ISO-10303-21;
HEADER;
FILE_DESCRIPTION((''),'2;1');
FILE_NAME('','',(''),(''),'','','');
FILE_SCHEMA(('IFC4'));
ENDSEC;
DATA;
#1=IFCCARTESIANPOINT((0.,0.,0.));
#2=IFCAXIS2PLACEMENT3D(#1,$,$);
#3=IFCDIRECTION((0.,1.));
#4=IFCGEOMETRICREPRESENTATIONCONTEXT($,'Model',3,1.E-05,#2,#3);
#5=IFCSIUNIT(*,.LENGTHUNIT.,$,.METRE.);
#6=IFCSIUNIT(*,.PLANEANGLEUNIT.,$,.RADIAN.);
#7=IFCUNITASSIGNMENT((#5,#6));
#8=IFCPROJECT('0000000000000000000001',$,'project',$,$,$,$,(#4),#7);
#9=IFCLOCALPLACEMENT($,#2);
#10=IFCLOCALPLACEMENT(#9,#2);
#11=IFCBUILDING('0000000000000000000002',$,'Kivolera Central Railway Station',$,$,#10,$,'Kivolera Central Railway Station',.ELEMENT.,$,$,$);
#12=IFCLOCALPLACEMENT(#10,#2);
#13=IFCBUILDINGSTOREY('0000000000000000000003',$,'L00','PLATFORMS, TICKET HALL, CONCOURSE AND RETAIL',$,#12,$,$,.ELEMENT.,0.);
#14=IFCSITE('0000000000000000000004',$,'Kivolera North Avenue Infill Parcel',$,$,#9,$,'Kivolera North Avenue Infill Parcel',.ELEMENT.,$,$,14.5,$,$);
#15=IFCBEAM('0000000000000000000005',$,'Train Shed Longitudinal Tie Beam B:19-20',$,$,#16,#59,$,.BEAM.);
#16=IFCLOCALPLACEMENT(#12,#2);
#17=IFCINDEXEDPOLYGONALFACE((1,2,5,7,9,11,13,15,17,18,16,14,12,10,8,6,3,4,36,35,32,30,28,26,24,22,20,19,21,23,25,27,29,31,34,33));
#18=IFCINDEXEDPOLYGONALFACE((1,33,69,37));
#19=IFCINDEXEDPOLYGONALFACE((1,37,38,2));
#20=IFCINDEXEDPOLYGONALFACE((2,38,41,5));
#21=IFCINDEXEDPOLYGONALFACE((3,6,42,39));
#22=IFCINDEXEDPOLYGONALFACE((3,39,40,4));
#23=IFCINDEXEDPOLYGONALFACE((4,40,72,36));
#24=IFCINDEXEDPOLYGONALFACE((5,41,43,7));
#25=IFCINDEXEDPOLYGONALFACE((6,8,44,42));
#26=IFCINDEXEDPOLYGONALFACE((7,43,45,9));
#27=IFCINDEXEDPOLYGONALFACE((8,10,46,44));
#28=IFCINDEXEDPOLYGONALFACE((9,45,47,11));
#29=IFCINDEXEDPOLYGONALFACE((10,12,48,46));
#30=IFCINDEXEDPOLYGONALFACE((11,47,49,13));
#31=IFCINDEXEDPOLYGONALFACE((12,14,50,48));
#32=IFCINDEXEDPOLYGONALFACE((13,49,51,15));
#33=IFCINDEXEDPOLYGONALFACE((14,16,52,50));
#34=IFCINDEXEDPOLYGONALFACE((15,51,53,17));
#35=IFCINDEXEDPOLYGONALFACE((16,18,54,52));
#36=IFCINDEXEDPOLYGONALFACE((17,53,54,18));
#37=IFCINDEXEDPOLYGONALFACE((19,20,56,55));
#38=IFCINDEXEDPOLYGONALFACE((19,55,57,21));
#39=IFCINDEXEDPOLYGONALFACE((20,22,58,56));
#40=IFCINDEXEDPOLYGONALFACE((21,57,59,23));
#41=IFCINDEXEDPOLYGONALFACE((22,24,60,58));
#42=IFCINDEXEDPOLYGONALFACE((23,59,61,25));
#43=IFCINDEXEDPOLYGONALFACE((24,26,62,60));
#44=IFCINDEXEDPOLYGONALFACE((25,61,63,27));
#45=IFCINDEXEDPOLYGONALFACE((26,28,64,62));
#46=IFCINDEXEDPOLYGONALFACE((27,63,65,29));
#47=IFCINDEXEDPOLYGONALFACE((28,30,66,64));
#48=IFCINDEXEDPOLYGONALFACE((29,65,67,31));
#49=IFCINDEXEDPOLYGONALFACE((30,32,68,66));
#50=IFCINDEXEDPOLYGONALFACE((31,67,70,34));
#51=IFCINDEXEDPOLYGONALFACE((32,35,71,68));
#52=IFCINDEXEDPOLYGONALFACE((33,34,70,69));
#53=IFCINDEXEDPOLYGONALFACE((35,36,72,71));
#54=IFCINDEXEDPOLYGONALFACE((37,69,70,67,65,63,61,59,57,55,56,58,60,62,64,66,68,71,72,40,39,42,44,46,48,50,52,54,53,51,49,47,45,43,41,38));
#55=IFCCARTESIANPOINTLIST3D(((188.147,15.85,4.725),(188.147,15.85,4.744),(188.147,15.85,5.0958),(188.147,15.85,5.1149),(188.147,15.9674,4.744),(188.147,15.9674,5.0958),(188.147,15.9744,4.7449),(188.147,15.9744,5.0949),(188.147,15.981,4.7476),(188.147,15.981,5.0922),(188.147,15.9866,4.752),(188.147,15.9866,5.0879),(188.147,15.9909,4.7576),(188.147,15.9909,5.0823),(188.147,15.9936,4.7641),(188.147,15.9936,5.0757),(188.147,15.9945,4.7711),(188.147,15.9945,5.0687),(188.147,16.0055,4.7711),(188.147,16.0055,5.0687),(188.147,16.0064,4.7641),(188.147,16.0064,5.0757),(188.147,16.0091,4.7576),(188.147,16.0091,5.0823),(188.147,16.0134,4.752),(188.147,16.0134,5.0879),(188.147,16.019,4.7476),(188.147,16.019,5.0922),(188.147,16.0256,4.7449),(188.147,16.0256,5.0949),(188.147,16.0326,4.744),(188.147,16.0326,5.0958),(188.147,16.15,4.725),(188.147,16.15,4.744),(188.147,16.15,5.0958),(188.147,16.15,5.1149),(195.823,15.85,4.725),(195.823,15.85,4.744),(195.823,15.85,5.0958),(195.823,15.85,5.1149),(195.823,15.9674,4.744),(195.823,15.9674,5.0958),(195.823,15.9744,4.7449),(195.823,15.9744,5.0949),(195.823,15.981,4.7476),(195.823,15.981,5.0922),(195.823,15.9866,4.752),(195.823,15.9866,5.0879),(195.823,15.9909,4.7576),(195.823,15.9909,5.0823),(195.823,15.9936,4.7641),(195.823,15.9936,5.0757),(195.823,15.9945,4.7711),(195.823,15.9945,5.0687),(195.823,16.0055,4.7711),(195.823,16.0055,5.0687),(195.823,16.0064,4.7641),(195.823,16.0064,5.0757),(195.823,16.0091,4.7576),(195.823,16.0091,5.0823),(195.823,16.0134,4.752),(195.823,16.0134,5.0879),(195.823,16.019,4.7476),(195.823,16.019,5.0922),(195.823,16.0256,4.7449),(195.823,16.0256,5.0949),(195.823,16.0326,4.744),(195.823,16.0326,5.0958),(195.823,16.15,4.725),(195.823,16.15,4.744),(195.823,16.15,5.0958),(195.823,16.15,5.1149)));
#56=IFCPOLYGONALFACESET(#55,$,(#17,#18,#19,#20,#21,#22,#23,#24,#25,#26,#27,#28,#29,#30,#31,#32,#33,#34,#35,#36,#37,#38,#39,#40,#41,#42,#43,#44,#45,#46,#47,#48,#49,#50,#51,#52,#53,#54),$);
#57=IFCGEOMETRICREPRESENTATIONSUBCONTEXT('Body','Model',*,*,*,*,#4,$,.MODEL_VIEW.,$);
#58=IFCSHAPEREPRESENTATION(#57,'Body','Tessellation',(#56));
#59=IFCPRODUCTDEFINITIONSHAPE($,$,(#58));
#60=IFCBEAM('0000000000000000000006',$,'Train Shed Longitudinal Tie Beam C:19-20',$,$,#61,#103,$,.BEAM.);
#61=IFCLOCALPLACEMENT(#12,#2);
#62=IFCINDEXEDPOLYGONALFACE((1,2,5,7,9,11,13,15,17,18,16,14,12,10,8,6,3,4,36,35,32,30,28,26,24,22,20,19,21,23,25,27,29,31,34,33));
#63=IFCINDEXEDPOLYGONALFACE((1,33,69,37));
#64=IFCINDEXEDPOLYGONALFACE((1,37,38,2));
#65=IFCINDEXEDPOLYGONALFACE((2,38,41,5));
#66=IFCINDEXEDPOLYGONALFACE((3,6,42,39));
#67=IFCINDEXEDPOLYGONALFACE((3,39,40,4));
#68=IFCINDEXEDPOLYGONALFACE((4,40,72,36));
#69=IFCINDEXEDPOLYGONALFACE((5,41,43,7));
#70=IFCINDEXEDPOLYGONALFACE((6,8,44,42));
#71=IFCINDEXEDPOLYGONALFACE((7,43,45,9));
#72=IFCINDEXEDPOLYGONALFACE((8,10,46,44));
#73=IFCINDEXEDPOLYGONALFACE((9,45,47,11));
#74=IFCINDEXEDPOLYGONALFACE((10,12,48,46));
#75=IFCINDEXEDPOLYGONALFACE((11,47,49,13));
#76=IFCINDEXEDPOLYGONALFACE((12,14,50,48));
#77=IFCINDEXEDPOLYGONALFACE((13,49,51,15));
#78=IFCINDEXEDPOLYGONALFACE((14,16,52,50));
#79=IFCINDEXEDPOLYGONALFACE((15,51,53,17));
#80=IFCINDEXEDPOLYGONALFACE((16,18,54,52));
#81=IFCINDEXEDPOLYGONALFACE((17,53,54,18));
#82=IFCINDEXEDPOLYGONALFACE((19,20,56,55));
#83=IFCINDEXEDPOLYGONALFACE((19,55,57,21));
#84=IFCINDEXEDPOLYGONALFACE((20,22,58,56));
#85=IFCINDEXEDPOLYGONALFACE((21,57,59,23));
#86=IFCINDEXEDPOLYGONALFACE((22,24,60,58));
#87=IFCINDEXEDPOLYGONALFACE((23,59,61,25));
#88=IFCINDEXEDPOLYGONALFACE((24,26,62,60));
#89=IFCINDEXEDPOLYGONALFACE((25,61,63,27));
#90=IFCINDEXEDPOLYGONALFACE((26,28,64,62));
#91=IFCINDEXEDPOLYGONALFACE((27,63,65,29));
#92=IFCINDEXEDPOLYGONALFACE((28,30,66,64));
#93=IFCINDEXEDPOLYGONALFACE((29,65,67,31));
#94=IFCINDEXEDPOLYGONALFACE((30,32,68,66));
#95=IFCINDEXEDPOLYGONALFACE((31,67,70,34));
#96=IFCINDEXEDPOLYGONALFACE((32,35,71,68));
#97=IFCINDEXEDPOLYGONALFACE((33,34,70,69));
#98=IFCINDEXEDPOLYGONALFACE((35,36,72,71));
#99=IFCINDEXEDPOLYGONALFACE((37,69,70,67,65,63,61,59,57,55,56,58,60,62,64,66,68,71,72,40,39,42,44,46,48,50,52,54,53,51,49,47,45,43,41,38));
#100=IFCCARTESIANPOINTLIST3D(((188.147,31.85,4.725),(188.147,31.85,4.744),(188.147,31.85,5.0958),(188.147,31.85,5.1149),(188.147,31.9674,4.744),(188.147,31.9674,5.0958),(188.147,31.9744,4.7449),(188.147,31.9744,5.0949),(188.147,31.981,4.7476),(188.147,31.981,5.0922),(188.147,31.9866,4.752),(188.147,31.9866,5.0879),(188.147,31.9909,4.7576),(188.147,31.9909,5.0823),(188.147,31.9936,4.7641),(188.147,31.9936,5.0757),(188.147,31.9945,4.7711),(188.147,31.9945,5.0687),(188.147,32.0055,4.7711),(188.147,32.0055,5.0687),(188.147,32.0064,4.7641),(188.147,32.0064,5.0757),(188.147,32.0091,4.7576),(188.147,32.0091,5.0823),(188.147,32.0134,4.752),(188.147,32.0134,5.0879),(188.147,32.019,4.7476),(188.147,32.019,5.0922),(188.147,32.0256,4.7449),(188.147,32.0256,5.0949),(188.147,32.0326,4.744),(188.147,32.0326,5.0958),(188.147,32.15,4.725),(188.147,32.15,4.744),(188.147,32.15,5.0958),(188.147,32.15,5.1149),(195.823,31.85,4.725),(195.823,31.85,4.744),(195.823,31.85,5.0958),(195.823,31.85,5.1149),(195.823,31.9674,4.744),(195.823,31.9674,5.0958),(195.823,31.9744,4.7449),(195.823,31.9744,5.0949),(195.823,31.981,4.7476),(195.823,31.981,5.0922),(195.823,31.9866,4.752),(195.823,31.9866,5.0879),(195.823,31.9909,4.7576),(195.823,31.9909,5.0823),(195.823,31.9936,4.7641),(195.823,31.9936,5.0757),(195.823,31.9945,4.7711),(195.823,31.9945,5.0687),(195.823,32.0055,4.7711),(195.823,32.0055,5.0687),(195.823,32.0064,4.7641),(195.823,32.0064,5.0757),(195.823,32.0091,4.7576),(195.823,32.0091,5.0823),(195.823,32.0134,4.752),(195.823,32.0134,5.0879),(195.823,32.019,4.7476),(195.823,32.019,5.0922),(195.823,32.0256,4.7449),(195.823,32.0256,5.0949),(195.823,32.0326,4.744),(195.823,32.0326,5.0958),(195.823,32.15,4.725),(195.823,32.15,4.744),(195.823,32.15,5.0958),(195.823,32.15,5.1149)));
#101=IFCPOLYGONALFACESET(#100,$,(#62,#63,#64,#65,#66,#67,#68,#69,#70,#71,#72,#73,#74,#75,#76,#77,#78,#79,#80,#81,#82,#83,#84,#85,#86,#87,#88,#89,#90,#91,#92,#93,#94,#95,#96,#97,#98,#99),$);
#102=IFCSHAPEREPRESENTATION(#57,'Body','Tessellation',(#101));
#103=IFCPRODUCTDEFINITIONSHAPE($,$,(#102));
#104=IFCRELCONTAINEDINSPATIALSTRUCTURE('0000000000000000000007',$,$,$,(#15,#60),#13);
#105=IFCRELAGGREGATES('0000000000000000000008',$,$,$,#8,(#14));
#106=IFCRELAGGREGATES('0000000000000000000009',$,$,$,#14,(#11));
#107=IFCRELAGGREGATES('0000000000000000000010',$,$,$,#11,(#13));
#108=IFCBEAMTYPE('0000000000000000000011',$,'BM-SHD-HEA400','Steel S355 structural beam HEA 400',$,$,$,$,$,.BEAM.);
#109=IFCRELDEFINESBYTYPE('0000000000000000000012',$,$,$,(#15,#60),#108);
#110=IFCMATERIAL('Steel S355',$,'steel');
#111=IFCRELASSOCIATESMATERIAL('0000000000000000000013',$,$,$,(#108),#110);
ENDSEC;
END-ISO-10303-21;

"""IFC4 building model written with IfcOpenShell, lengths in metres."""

from ifc_helpers import new_model, si_unit, direction, frame, origin, origin_2d, place, context, subcontext, project, spatial, i_section, extrude, material, material_profile, profile_set, type_object, element, save


model = new_model("IFC4")

# Units and contexts
model_context = context("Model", 3, precision=1e-05, world=origin(), true_north=direction((0.0, 1.0)))
body_context = subcontext(model_context, "Body", "Model", "MODEL_VIEW")
ifc_project = project(units=[si_unit("LENGTHUNIT", "METRE"), si_unit("PLANEANGLEUNIT", "RADIAN")], contexts=[model_context])

# Site, building, storey
site_placement = place(None, origin())
site = spatial("IfcSite", under=ifc_project, at=site_placement, Name="Kivolera North Avenue Infill Parcel", LongName="Kivolera North Avenue Infill Parcel", CompositionType="ELEMENT", RefElevation=14.5)
building_placement = place(site_placement, origin())
building = spatial("IfcBuilding", under=site, at=building_placement, Name="Kivolera Central Railway Station", LongName="Kivolera Central Railway Station", CompositionType="ELEMENT")
storey_placement = place(building_placement, origin())
storey = spatial("IfcBuildingStorey", under=building, at=storey_placement, Name="L00", Description="PLATFORMS, TICKET HALL, CONCOURSE AND RETAIL", CompositionType="ELEMENT", Elevation=0.0)

# Shared definitions
ifc_material_1 = material(Name="Steel S355", Category="steel")

# Beams
ifc_material_profile_1 = material_profile(ifc_material_1, i_section(OverallWidth=0.3, OverallDepth=0.3899, WebThickness=0.011, FlangeThickness=0.019, FilletRadius=0.0271, at=origin_2d()), Name="HEA 400")
ifc_profile_set_1 = profile_set([ifc_material_profile_1], Name="Steel S355")
beam_type = type_object("IfcBeamType", Name="BM-SHD-HEA400", Description="Steel S355 structural beam HEA 400", PredefinedType="BEAM", material=ifc_profile_set_1)
for number, where, z_axis, x_axis, name in (
    (1, (188.147, 16.0, 4.9199), (1.0, 0.0, 0.0), (0.0, 1.0, 0.0), "Train Shed Longitudinal Tie Beam B:19-20"),
    (2, (188.147, 32.0, 4.9199), (1.0, 0.0, 0.0), (0.0, 1.0, 0.0), "Train Shed Longitudinal Tie Beam C:19-20"),
):
    element("IfcBeam", number, at=place(storey_placement, frame(where, z_axis=z_axis, x_axis=x_axis)), inside=storey, type_object=beam_type, Name=name, PredefinedType="BEAM", context=body_context, shape_type="SweptSolid", body=[
        extrude(i_section(OverallWidth=0.3, OverallDepth=0.3899, WebThickness=0.011, FlangeThickness=0.019, FilletRadius=0.0271, at=origin_2d()), origin(), (0.0, 0.0, 1.0), 7.676),
    ])

save(model, "model.ifc")
